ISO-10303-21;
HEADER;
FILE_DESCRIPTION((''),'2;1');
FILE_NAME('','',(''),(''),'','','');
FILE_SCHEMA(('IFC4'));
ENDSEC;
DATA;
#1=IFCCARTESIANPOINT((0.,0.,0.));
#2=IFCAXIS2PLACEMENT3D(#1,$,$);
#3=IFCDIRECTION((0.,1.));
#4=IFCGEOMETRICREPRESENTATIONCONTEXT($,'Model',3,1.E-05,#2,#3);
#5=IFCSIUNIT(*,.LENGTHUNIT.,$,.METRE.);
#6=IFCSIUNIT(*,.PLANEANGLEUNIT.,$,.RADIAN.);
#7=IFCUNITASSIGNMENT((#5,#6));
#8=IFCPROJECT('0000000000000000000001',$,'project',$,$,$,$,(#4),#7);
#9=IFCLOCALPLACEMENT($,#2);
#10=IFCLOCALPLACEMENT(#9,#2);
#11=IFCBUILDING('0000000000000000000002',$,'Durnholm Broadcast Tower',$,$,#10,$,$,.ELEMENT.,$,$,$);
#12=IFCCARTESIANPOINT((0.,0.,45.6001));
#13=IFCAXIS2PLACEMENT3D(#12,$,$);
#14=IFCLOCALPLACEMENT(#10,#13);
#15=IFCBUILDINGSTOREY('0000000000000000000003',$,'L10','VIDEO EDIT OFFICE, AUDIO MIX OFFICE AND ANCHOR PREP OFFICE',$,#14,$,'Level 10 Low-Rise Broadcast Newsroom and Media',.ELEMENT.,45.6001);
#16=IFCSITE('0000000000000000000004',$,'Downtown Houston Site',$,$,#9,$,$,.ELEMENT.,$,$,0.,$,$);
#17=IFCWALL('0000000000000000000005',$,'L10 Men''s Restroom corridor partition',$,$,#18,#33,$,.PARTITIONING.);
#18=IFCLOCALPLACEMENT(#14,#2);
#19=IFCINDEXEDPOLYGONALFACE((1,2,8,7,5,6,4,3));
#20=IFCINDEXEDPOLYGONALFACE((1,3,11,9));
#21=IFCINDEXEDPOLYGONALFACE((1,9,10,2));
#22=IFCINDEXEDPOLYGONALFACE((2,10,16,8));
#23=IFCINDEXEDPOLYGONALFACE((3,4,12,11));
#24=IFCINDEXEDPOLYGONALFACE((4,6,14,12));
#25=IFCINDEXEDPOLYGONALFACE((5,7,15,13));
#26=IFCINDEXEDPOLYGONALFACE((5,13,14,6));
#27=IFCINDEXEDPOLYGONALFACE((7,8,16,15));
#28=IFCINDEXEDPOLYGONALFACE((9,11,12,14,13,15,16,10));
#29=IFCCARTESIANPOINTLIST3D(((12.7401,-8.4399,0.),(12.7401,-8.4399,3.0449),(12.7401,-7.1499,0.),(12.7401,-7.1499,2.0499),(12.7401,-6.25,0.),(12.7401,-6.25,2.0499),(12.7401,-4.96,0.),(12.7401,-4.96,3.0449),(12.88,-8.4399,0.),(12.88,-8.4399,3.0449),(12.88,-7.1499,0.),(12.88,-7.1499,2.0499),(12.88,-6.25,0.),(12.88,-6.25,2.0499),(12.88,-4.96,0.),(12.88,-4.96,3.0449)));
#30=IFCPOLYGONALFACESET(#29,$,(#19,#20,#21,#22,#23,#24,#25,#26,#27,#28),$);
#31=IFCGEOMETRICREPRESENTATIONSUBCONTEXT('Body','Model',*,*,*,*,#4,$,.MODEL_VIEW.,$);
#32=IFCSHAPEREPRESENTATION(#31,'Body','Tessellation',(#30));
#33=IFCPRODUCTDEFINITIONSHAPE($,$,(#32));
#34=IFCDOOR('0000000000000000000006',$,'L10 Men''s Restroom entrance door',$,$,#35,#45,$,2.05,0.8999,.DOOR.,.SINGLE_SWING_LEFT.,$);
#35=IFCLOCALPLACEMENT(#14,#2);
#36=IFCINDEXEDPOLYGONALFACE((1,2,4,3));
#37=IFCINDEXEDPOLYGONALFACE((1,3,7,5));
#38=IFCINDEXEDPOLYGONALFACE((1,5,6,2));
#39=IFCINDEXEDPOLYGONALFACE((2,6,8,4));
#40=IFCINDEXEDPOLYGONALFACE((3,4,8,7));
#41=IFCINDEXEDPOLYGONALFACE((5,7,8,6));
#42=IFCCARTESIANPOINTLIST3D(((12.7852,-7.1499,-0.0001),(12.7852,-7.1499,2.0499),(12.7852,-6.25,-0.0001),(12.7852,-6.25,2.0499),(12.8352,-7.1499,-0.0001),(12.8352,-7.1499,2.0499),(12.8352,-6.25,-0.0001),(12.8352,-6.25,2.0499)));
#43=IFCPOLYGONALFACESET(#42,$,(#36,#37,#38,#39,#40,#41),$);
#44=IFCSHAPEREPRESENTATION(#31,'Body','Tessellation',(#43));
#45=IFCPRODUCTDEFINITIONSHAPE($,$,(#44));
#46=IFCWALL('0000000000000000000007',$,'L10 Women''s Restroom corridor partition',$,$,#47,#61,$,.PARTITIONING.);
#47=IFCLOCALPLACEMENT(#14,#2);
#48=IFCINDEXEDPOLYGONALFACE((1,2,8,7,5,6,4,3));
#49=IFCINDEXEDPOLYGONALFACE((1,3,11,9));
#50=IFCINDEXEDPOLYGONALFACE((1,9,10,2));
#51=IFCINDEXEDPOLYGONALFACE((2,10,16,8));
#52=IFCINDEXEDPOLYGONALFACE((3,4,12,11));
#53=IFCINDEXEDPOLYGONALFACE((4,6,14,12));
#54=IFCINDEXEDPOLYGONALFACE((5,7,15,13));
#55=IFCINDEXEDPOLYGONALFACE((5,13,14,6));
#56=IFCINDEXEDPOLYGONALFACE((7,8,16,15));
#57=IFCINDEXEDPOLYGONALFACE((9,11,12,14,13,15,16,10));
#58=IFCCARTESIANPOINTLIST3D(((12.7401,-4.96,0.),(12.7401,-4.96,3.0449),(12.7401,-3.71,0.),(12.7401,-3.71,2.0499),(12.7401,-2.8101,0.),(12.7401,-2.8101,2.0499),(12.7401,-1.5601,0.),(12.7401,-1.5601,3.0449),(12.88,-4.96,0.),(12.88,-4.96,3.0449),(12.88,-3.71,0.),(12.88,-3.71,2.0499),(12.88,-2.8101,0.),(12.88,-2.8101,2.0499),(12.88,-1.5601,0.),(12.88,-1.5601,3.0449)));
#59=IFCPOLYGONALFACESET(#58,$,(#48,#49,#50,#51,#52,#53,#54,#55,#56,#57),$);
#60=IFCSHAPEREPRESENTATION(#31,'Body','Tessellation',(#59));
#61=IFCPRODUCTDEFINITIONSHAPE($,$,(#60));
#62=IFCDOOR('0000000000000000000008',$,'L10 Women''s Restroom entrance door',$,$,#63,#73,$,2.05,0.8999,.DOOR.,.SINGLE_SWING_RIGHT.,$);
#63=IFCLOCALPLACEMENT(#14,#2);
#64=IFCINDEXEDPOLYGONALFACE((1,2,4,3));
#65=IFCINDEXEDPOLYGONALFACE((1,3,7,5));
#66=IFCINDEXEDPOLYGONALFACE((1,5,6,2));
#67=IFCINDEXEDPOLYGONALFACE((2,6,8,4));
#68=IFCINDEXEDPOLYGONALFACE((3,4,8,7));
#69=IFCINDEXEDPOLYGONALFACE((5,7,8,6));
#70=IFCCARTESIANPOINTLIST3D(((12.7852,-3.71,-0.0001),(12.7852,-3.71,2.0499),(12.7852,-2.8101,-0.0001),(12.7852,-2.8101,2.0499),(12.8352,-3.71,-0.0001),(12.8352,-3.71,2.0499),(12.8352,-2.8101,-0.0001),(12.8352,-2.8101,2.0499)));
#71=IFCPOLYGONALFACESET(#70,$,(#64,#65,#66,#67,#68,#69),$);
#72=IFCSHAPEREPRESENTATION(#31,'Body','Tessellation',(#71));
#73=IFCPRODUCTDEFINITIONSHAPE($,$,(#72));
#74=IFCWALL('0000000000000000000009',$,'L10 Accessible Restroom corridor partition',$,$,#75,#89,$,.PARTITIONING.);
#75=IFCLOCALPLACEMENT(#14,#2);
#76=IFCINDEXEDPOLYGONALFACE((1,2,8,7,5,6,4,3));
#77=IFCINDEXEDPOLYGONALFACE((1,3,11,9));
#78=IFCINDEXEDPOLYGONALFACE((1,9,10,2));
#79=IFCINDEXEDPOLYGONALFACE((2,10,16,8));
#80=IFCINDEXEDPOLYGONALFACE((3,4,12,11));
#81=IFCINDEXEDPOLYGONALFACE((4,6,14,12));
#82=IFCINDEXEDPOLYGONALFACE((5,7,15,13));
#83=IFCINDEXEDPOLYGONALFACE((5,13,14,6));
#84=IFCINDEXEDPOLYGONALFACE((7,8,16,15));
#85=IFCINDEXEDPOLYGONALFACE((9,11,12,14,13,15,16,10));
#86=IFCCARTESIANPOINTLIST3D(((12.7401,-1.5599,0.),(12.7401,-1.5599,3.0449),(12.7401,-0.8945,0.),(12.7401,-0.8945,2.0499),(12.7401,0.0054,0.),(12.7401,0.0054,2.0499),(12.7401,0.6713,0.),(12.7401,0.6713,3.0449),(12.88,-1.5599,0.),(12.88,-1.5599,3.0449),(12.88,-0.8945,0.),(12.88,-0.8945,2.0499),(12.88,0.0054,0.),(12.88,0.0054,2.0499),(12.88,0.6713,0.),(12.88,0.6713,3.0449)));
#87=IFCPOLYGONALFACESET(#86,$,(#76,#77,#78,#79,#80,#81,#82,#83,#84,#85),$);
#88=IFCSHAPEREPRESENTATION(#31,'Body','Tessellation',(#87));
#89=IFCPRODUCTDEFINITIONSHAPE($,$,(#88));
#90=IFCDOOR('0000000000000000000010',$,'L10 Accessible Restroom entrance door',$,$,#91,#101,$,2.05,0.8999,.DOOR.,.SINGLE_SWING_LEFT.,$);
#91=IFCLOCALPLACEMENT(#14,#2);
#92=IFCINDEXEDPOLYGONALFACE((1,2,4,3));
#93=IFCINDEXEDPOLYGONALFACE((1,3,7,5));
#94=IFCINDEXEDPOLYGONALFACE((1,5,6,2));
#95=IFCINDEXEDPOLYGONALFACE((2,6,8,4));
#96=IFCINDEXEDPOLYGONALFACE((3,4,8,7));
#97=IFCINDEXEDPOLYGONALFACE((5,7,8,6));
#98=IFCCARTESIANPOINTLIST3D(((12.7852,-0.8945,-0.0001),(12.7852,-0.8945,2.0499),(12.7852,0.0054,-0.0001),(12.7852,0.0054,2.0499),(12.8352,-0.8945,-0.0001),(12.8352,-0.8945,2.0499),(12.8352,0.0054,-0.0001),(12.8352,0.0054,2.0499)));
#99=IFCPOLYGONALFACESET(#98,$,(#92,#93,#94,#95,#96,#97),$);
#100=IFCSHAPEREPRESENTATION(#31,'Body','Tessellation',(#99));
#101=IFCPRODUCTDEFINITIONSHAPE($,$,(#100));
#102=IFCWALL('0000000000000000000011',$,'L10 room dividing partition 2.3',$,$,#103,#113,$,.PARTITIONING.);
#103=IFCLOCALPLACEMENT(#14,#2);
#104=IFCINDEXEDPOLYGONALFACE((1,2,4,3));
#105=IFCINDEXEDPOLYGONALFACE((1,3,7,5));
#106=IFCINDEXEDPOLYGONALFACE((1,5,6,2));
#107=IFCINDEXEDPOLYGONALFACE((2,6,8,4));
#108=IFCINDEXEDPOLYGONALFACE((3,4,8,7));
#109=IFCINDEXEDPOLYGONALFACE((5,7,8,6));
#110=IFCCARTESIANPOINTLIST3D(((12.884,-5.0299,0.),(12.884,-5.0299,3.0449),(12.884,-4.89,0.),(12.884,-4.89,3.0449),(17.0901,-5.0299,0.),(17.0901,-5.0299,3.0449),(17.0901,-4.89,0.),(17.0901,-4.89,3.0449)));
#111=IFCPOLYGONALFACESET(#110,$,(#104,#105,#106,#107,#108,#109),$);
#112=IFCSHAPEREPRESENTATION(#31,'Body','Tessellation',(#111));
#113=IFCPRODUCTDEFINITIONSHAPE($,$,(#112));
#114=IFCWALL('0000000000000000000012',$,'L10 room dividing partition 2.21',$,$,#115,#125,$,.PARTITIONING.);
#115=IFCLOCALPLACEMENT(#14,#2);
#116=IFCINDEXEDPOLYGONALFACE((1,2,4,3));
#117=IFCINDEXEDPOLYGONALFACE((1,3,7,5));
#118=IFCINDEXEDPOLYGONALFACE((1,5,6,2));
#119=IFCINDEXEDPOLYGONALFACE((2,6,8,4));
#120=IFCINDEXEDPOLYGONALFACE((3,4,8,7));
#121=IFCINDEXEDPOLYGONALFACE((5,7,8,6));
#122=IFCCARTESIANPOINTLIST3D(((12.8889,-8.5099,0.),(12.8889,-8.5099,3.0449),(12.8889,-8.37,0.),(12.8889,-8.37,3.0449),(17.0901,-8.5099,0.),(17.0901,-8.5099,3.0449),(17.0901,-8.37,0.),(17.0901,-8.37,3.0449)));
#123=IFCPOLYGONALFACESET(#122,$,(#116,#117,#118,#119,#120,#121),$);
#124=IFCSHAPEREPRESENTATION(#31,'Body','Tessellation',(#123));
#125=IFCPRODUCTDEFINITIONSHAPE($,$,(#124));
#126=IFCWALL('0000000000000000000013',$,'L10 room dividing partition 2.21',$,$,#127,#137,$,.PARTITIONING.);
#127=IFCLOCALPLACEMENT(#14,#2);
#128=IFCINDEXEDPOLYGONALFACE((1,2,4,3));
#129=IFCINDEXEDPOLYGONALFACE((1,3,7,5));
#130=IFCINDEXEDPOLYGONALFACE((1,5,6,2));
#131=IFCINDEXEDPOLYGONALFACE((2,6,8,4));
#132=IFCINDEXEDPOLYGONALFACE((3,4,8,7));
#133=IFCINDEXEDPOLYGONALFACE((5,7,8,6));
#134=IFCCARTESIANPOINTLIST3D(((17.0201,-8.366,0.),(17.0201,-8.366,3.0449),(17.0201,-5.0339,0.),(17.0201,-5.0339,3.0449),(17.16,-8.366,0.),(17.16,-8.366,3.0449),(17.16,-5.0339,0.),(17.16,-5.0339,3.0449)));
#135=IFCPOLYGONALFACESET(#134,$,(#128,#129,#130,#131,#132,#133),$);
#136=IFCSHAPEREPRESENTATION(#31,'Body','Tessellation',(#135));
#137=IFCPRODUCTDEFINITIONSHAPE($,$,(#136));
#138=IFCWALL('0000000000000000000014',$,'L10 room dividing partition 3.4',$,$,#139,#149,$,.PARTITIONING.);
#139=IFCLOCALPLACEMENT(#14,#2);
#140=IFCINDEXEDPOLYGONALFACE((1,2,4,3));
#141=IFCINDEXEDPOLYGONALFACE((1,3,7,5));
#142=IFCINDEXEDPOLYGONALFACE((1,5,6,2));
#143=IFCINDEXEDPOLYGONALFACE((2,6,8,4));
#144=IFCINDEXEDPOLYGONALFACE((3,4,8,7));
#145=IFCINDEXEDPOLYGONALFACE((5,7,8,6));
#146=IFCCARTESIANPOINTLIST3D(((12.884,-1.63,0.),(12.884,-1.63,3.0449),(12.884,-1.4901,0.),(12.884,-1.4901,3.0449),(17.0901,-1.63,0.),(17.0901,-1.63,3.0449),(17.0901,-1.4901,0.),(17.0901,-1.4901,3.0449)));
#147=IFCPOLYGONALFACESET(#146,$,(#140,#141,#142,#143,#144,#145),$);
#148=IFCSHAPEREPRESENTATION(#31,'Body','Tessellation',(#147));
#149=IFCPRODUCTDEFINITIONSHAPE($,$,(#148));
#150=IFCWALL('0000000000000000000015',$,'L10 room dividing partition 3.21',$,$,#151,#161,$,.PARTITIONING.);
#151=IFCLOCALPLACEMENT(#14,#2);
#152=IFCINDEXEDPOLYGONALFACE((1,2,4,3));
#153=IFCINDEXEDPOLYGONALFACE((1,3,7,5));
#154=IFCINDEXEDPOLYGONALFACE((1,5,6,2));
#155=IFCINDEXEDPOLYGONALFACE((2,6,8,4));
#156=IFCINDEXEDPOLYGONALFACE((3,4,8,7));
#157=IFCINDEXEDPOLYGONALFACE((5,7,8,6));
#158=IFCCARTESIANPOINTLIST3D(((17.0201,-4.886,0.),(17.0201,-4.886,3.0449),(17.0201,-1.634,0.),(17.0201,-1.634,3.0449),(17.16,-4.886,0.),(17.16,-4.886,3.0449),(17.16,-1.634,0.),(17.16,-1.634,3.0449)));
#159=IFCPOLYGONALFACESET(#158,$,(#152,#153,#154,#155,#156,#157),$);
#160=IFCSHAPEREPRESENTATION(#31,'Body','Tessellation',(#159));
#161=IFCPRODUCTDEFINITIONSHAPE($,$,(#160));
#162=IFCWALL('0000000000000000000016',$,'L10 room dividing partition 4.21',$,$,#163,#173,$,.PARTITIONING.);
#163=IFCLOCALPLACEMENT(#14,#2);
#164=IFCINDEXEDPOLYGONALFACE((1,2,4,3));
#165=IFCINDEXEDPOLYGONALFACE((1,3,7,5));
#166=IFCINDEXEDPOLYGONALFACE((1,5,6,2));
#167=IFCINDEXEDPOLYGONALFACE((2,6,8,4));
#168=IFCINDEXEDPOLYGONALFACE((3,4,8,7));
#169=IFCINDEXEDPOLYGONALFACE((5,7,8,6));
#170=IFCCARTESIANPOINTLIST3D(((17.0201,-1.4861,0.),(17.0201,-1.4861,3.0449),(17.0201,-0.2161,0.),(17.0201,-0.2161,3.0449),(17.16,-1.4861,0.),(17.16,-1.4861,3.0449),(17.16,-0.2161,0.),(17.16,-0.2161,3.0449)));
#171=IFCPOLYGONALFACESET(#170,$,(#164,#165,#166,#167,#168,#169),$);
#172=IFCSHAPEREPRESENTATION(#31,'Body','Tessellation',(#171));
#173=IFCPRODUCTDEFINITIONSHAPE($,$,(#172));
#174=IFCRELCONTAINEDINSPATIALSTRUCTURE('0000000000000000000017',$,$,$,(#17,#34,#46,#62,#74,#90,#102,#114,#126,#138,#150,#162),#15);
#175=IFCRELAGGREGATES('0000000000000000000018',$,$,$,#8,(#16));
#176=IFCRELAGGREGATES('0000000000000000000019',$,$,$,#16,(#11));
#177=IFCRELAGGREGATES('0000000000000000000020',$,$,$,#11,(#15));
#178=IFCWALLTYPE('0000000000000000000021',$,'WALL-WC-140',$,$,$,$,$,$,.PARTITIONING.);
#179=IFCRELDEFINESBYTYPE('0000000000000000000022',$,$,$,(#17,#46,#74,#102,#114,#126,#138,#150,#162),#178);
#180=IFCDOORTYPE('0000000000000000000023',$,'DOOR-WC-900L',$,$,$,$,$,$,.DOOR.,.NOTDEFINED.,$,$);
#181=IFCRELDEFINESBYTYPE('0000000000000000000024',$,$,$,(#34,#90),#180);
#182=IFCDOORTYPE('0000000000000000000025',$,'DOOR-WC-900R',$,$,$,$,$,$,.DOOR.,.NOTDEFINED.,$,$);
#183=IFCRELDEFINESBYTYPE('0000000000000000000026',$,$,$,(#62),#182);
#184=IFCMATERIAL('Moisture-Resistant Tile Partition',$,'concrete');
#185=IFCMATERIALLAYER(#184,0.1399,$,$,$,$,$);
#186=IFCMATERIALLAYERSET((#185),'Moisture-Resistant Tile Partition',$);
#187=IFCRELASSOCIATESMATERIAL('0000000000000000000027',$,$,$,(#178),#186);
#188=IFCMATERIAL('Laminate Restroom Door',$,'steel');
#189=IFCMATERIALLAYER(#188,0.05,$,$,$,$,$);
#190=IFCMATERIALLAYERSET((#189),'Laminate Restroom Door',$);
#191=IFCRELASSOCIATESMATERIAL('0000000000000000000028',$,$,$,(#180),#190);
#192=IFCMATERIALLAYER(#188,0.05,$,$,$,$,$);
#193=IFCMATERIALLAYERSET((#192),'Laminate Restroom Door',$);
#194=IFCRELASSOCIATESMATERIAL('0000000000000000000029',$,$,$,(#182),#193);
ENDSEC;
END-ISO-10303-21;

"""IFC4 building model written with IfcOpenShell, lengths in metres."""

from ifc_helpers import new_model, si_unit, direction, frame, frame_2d, origin, place, context, subcontext, project, spatial, rectangle, extrude, source, transform, mapped, material, layer, layer_set, type_object, type_shapes, element, fill, save


model = new_model("IFC4")

# Units and contexts
model_context = context("Model", 3, precision=1e-05, world=origin(), true_north=direction((0.0, 1.0)))
body_context = subcontext(model_context, "Body", "Model", "MODEL_VIEW")
ifc_project = project(units=[si_unit("LENGTHUNIT", "METRE"), si_unit("PLANEANGLEUNIT", "RADIAN")], contexts=[model_context])

# Site, building, storey
site_placement = place(None, origin())
site = spatial("IfcSite", under=ifc_project, at=site_placement, Name="Downtown Houston Site", CompositionType="ELEMENT", RefElevation=0.0)
building_placement = place(site_placement, origin())
building = spatial("IfcBuilding", under=site, at=building_placement, Name="Durnholm Broadcast Tower", CompositionType="ELEMENT")
storey_placement = place(building_placement, frame((0.0, 0.0, 45.6001)))
storey = spatial("IfcBuildingStorey", under=building, at=storey_placement, Name="L10", Description="VIDEO EDIT OFFICE, AUDIO MIX OFFICE AND ANCHOR PREP OFFICE", LongName="Level 10 Low-Rise Broadcast Newsroom and Media", CompositionType="ELEMENT", Elevation=45.6001)

# Walls, openings, doors
ifc_material_1 = material(Name="Moisture-Resistant Tile Partition", Category="concrete")
ifc_layer_1 = layer(ifc_material_1, 0.1399)
ifc_layer_set_1 = layer_set([ifc_layer_1], Name="Moisture-Resistant Tile Partition")
wall_type = type_object("IfcWallType", Name="WALL-WC-140", PredefinedType="PARTITIONING", material=ifc_layer_set_1)
wall_1_placement = place(storey_placement, frame((12.8101, -8.4399, 0.0), z_axis=(0.0, 0.0, 1.0), x_axis=(0.0, 1.0, 0.0)))
wall_1 = element("IfcWall", 1, at=wall_1_placement, inside=storey, type_object=wall_type, Name="L10 Men's Restroom corridor partition", PredefinedType="PARTITIONING", context=body_context, shape_type="SweptSolid", body=[
    extrude(rectangle(XDim=3.48, YDim=0.1399, at=frame_2d((1.74, 0.0))), origin(), (0.0, 0.0, 1.0), 3.0449),
])
opening_1_placement = place(wall_1_placement, frame((1.29, 0.0, 0.0)))
opening_1 = element("IfcOpeningElement", 2, at=opening_1_placement, cuts=wall_1, PredefinedType="OPENING", context=body_context, shape_type="SweptSolid", body=[
    extrude(rectangle(XDim=0.8999, YDim=2.05, at=frame_2d((0.45, 1.0249))), frame((0.0, 0.0801, 0.0), z_axis=(0.0, -1.0, 0.0), x_axis=(1.0, 0.0, 0.0)), (0.0, 0.0, 1.0), 0.1599),
])
ifc_material_2 = material(Name="Laminate Restroom Door", Category="steel")
ifc_layer_2 = layer(ifc_material_2, 0.05)
ifc_layer_set_2 = layer_set([ifc_layer_2], Name="Laminate Restroom Door")
door_type_1 = type_object("IfcDoorType", Name="DOOR-WC-900L", OperationType="NOTDEFINED", PredefinedType="DOOR", material=ifc_layer_set_2)
shared_shape_1 = source(origin(), body_context, "Body", "SweptSolid", [
    extrude(rectangle(XDim=0.8999, YDim=2.05, at=frame_2d((0.45, 1.0249))), frame((0.0, 0.0249, 0.0), z_axis=(0.0, -1.0, 0.0), x_axis=(1.0, 0.0, 0.0)), (0.0, 0.0, 1.0), 0.05),
])
type_shapes(door_type_1, [shared_shape_1])
door_1_placement = place(opening_1_placement, origin())
door_1 = element("IfcDoor", 3, at=door_1_placement, inside=storey, type_object=door_type_1, Name="L10 Men's Restroom entrance door", OperationType="SINGLE_SWING_LEFT", OverallHeight=2.05, OverallWidth=0.8999, PredefinedType="DOOR", context=body_context, shape_type="MappedRepresentation", body=[
    mapped(shared_shape_1, transform((0.0, 0.0, 0.0), x_axis=(1.0, 0.0, 0.0), y_axis=(0.0, 1.0, 0.0), z_axis=(0.0, 0.0, 1.0), scale=1.0)),
])
fill(opening_1, door_1)
wall_2_placement = place(storey_placement, frame((12.8101, -4.96, 0.0), z_axis=(0.0, 0.0, 1.0), x_axis=(0.0, 1.0, 0.0)))
wall_2 = element("IfcWall", 4, at=wall_2_placement, inside=storey, type_object=wall_type, Name="L10 Women's Restroom corridor partition", PredefinedType="PARTITIONING", context=body_context, shape_type="SweptSolid", body=[
    extrude(rectangle(XDim=3.3999, YDim=0.1399, at=frame_2d((1.7, 0.0))), origin(), (0.0, 0.0, 1.0), 3.0449),
])
opening_2_placement = place(wall_2_placement, frame((1.25, 0.0, 0.0)))
opening_2 = element("IfcOpeningElement", 5, at=opening_2_placement, cuts=wall_2, PredefinedType="OPENING", context=body_context, shape_type="SweptSolid", body=[
    extrude(rectangle(XDim=0.8999, YDim=2.05, at=frame_2d((0.45, 1.0249))), frame((0.0, 0.0801, 0.0), z_axis=(0.0, -1.0, 0.0), x_axis=(1.0, 0.0, 0.0)), (0.0, 0.0, 1.0), 0.1599),
])
ifc_layer_3 = layer(ifc_material_2, 0.05)
ifc_layer_set_3 = layer_set([ifc_layer_3], Name="Laminate Restroom Door")
door_type_2 = type_object("IfcDoorType", Name="DOOR-WC-900R", OperationType="NOTDEFINED", PredefinedType="DOOR", material=ifc_layer_set_3)
shared_shape_2 = source(origin(), body_context, "Body", "SweptSolid", [
    extrude(rectangle(XDim=0.8999, YDim=2.05, at=frame_2d((0.45, 1.0249))), frame((0.0, 0.0249, 0.0), z_axis=(0.0, -1.0, 0.0), x_axis=(1.0, 0.0, 0.0)), (0.0, 0.0, 1.0), 0.05),
])
type_shapes(door_type_2, [shared_shape_2])
door_2_placement = place(opening_2_placement, origin())
door_2 = element("IfcDoor", 6, at=door_2_placement, inside=storey, type_object=door_type_2, Name="L10 Women's Restroom entrance door", OperationType="SINGLE_SWING_RIGHT", OverallHeight=2.05, OverallWidth=0.8999, PredefinedType="DOOR", context=body_context, shape_type="MappedRepresentation", body=[
    mapped(shared_shape_2, transform((0.0, 0.0, 0.0), x_axis=(1.0, 0.0, 0.0), y_axis=(0.0, 1.0, 0.0), z_axis=(0.0, 0.0, 1.0), scale=1.0)),
])
fill(opening_2, door_2)
wall_3_placement = place(storey_placement, frame((12.8101, -1.5601, 0.0), z_axis=(0.0, 0.0, 1.0), x_axis=(0.0, 1.0, 0.0)))
wall_3 = element("IfcWall", 7, at=wall_3_placement, inside=storey, type_object=wall_type, Name="L10 Accessible Restroom corridor partition", PredefinedType="PARTITIONING", context=body_context, shape_type="SweptSolid", body=[
    extrude(rectangle(XDim=2.2312, YDim=0.1399, at=frame_2d((1.1157, 0.0))), origin(), (0.0, 0.0, 1.0), 3.0449),
])
opening_3_placement = place(wall_3_placement, frame((0.6655, 0.0, 0.0)))
opening_3 = element("IfcOpeningElement", 8, at=opening_3_placement, cuts=wall_3, PredefinedType="OPENING", context=body_context, shape_type="SweptSolid", body=[
    extrude(rectangle(XDim=0.8999, YDim=2.05, at=frame_2d((0.45, 1.0249))), frame((0.0, 0.0801, 0.0), z_axis=(0.0, -1.0, 0.0), x_axis=(1.0, 0.0, 0.0)), (0.0, 0.0, 1.0), 0.1599),
])
door_3_placement = place(opening_3_placement, origin())
door_3 = element("IfcDoor", 9, at=door_3_placement, inside=storey, type_object=door_type_1, Name="L10 Accessible Restroom entrance door", OperationType="SINGLE_SWING_LEFT", OverallHeight=2.05, OverallWidth=0.8999, PredefinedType="DOOR", context=body_context, shape_type="MappedRepresentation", body=[
    mapped(shared_shape_1, transform((0.0, 0.0, 0.0), x_axis=(1.0, 0.0, 0.0), y_axis=(0.0, 1.0, 0.0), z_axis=(0.0, 0.0, 1.0), scale=1.0)),
])
fill(opening_3, door_3)

# Walls
wall_4_placement = place(storey_placement, frame((12.884, -4.96, 0.0), z_axis=(0.0, 0.0, 1.0), x_axis=(1.0, 0.0, 0.0)))
element("IfcWall", 10, at=wall_4_placement, inside=storey, type_object=wall_type, Name="L10 room dividing partition 2.3", PredefinedType="PARTITIONING", context=body_context, shape_type="SweptSolid", body=[
    extrude(rectangle(XDim=4.2061, YDim=0.1399, at=frame_2d((2.103, 0.0))), origin(), (0.0, 0.0, 1.0), 3.0449),
])
wall_5_placement = place(storey_placement, frame((17.0901, -8.4399, 0.0), z_axis=(0.0, 0.0, 1.0), x_axis=(-1.0, 0.0, 0.0)))
element("IfcWall", 11, at=wall_5_placement, inside=storey, type_object=wall_type, Name="L10 room dividing partition 2.21", PredefinedType="PARTITIONING", context=body_context, shape_type="SweptSolid", body=[
    extrude(rectangle(XDim=4.2012, YDim=0.1399, at=frame_2d((2.1006, 0.0))), origin(), (0.0, 0.0, 1.0), 3.0449),
])
wall_6_placement = place(storey_placement, frame((17.0901, -5.0339, 0.0), z_axis=(0.0, 0.0, 1.0), x_axis=(0.0, -1.0, 0.0)))
element("IfcWall", 12, at=wall_6_placement, inside=storey, type_object=wall_type, Name="L10 room dividing partition 2.21", PredefinedType="PARTITIONING", context=body_context, shape_type="SweptSolid", body=[
    extrude(rectangle(XDim=3.332, YDim=0.1399, at=frame_2d((1.666, 0.0))), origin(), (0.0, 0.0, 1.0), 3.0449),
])
wall_7_placement = place(storey_placement, frame((12.884, -1.5601, 0.0), z_axis=(0.0, 0.0, 1.0), x_axis=(1.0, 0.0, 0.0)))
element("IfcWall", 13, at=wall_7_placement, inside=storey, type_object=wall_type, Name="L10 room dividing partition 3.4", PredefinedType="PARTITIONING", context=body_context, shape_type="SweptSolid", body=[
    extrude(rectangle(XDim=4.2061, YDim=0.1399, at=frame_2d((2.103, 0.0))), origin(), (0.0, 0.0, 1.0), 3.0449),
])
wall_8_placement = place(storey_placement, frame((17.0901, -1.634, 0.0), z_axis=(0.0, 0.0, 1.0), x_axis=(0.0, -1.0, 0.0)))
element("IfcWall", 14, at=wall_8_placement, inside=storey, type_object=wall_type, Name="L10 room dividing partition 3.21", PredefinedType="PARTITIONING", context=body_context, shape_type="SweptSolid", body=[
    extrude(rectangle(XDim=3.252, YDim=0.1399, at=frame_2d((1.626, 0.0))), origin(), (0.0, 0.0, 1.0), 3.0449),
])
wall_9_placement = place(storey_placement, frame((17.0901, -0.2161, 0.0), z_axis=(0.0, 0.0, 1.0), x_axis=(0.0, -1.0, 0.0)))
element("IfcWall", 15, at=wall_9_placement, inside=storey, type_object=wall_type, Name="L10 room dividing partition 4.21", PredefinedType="PARTITIONING", context=body_context, shape_type="SweptSolid", body=[
    extrude(rectangle(XDim=1.27, YDim=0.1399, at=frame_2d((0.635, 0.0))), origin(), (0.0, 0.0, 1.0), 3.0449),
])

save(model, "model.ifc")
